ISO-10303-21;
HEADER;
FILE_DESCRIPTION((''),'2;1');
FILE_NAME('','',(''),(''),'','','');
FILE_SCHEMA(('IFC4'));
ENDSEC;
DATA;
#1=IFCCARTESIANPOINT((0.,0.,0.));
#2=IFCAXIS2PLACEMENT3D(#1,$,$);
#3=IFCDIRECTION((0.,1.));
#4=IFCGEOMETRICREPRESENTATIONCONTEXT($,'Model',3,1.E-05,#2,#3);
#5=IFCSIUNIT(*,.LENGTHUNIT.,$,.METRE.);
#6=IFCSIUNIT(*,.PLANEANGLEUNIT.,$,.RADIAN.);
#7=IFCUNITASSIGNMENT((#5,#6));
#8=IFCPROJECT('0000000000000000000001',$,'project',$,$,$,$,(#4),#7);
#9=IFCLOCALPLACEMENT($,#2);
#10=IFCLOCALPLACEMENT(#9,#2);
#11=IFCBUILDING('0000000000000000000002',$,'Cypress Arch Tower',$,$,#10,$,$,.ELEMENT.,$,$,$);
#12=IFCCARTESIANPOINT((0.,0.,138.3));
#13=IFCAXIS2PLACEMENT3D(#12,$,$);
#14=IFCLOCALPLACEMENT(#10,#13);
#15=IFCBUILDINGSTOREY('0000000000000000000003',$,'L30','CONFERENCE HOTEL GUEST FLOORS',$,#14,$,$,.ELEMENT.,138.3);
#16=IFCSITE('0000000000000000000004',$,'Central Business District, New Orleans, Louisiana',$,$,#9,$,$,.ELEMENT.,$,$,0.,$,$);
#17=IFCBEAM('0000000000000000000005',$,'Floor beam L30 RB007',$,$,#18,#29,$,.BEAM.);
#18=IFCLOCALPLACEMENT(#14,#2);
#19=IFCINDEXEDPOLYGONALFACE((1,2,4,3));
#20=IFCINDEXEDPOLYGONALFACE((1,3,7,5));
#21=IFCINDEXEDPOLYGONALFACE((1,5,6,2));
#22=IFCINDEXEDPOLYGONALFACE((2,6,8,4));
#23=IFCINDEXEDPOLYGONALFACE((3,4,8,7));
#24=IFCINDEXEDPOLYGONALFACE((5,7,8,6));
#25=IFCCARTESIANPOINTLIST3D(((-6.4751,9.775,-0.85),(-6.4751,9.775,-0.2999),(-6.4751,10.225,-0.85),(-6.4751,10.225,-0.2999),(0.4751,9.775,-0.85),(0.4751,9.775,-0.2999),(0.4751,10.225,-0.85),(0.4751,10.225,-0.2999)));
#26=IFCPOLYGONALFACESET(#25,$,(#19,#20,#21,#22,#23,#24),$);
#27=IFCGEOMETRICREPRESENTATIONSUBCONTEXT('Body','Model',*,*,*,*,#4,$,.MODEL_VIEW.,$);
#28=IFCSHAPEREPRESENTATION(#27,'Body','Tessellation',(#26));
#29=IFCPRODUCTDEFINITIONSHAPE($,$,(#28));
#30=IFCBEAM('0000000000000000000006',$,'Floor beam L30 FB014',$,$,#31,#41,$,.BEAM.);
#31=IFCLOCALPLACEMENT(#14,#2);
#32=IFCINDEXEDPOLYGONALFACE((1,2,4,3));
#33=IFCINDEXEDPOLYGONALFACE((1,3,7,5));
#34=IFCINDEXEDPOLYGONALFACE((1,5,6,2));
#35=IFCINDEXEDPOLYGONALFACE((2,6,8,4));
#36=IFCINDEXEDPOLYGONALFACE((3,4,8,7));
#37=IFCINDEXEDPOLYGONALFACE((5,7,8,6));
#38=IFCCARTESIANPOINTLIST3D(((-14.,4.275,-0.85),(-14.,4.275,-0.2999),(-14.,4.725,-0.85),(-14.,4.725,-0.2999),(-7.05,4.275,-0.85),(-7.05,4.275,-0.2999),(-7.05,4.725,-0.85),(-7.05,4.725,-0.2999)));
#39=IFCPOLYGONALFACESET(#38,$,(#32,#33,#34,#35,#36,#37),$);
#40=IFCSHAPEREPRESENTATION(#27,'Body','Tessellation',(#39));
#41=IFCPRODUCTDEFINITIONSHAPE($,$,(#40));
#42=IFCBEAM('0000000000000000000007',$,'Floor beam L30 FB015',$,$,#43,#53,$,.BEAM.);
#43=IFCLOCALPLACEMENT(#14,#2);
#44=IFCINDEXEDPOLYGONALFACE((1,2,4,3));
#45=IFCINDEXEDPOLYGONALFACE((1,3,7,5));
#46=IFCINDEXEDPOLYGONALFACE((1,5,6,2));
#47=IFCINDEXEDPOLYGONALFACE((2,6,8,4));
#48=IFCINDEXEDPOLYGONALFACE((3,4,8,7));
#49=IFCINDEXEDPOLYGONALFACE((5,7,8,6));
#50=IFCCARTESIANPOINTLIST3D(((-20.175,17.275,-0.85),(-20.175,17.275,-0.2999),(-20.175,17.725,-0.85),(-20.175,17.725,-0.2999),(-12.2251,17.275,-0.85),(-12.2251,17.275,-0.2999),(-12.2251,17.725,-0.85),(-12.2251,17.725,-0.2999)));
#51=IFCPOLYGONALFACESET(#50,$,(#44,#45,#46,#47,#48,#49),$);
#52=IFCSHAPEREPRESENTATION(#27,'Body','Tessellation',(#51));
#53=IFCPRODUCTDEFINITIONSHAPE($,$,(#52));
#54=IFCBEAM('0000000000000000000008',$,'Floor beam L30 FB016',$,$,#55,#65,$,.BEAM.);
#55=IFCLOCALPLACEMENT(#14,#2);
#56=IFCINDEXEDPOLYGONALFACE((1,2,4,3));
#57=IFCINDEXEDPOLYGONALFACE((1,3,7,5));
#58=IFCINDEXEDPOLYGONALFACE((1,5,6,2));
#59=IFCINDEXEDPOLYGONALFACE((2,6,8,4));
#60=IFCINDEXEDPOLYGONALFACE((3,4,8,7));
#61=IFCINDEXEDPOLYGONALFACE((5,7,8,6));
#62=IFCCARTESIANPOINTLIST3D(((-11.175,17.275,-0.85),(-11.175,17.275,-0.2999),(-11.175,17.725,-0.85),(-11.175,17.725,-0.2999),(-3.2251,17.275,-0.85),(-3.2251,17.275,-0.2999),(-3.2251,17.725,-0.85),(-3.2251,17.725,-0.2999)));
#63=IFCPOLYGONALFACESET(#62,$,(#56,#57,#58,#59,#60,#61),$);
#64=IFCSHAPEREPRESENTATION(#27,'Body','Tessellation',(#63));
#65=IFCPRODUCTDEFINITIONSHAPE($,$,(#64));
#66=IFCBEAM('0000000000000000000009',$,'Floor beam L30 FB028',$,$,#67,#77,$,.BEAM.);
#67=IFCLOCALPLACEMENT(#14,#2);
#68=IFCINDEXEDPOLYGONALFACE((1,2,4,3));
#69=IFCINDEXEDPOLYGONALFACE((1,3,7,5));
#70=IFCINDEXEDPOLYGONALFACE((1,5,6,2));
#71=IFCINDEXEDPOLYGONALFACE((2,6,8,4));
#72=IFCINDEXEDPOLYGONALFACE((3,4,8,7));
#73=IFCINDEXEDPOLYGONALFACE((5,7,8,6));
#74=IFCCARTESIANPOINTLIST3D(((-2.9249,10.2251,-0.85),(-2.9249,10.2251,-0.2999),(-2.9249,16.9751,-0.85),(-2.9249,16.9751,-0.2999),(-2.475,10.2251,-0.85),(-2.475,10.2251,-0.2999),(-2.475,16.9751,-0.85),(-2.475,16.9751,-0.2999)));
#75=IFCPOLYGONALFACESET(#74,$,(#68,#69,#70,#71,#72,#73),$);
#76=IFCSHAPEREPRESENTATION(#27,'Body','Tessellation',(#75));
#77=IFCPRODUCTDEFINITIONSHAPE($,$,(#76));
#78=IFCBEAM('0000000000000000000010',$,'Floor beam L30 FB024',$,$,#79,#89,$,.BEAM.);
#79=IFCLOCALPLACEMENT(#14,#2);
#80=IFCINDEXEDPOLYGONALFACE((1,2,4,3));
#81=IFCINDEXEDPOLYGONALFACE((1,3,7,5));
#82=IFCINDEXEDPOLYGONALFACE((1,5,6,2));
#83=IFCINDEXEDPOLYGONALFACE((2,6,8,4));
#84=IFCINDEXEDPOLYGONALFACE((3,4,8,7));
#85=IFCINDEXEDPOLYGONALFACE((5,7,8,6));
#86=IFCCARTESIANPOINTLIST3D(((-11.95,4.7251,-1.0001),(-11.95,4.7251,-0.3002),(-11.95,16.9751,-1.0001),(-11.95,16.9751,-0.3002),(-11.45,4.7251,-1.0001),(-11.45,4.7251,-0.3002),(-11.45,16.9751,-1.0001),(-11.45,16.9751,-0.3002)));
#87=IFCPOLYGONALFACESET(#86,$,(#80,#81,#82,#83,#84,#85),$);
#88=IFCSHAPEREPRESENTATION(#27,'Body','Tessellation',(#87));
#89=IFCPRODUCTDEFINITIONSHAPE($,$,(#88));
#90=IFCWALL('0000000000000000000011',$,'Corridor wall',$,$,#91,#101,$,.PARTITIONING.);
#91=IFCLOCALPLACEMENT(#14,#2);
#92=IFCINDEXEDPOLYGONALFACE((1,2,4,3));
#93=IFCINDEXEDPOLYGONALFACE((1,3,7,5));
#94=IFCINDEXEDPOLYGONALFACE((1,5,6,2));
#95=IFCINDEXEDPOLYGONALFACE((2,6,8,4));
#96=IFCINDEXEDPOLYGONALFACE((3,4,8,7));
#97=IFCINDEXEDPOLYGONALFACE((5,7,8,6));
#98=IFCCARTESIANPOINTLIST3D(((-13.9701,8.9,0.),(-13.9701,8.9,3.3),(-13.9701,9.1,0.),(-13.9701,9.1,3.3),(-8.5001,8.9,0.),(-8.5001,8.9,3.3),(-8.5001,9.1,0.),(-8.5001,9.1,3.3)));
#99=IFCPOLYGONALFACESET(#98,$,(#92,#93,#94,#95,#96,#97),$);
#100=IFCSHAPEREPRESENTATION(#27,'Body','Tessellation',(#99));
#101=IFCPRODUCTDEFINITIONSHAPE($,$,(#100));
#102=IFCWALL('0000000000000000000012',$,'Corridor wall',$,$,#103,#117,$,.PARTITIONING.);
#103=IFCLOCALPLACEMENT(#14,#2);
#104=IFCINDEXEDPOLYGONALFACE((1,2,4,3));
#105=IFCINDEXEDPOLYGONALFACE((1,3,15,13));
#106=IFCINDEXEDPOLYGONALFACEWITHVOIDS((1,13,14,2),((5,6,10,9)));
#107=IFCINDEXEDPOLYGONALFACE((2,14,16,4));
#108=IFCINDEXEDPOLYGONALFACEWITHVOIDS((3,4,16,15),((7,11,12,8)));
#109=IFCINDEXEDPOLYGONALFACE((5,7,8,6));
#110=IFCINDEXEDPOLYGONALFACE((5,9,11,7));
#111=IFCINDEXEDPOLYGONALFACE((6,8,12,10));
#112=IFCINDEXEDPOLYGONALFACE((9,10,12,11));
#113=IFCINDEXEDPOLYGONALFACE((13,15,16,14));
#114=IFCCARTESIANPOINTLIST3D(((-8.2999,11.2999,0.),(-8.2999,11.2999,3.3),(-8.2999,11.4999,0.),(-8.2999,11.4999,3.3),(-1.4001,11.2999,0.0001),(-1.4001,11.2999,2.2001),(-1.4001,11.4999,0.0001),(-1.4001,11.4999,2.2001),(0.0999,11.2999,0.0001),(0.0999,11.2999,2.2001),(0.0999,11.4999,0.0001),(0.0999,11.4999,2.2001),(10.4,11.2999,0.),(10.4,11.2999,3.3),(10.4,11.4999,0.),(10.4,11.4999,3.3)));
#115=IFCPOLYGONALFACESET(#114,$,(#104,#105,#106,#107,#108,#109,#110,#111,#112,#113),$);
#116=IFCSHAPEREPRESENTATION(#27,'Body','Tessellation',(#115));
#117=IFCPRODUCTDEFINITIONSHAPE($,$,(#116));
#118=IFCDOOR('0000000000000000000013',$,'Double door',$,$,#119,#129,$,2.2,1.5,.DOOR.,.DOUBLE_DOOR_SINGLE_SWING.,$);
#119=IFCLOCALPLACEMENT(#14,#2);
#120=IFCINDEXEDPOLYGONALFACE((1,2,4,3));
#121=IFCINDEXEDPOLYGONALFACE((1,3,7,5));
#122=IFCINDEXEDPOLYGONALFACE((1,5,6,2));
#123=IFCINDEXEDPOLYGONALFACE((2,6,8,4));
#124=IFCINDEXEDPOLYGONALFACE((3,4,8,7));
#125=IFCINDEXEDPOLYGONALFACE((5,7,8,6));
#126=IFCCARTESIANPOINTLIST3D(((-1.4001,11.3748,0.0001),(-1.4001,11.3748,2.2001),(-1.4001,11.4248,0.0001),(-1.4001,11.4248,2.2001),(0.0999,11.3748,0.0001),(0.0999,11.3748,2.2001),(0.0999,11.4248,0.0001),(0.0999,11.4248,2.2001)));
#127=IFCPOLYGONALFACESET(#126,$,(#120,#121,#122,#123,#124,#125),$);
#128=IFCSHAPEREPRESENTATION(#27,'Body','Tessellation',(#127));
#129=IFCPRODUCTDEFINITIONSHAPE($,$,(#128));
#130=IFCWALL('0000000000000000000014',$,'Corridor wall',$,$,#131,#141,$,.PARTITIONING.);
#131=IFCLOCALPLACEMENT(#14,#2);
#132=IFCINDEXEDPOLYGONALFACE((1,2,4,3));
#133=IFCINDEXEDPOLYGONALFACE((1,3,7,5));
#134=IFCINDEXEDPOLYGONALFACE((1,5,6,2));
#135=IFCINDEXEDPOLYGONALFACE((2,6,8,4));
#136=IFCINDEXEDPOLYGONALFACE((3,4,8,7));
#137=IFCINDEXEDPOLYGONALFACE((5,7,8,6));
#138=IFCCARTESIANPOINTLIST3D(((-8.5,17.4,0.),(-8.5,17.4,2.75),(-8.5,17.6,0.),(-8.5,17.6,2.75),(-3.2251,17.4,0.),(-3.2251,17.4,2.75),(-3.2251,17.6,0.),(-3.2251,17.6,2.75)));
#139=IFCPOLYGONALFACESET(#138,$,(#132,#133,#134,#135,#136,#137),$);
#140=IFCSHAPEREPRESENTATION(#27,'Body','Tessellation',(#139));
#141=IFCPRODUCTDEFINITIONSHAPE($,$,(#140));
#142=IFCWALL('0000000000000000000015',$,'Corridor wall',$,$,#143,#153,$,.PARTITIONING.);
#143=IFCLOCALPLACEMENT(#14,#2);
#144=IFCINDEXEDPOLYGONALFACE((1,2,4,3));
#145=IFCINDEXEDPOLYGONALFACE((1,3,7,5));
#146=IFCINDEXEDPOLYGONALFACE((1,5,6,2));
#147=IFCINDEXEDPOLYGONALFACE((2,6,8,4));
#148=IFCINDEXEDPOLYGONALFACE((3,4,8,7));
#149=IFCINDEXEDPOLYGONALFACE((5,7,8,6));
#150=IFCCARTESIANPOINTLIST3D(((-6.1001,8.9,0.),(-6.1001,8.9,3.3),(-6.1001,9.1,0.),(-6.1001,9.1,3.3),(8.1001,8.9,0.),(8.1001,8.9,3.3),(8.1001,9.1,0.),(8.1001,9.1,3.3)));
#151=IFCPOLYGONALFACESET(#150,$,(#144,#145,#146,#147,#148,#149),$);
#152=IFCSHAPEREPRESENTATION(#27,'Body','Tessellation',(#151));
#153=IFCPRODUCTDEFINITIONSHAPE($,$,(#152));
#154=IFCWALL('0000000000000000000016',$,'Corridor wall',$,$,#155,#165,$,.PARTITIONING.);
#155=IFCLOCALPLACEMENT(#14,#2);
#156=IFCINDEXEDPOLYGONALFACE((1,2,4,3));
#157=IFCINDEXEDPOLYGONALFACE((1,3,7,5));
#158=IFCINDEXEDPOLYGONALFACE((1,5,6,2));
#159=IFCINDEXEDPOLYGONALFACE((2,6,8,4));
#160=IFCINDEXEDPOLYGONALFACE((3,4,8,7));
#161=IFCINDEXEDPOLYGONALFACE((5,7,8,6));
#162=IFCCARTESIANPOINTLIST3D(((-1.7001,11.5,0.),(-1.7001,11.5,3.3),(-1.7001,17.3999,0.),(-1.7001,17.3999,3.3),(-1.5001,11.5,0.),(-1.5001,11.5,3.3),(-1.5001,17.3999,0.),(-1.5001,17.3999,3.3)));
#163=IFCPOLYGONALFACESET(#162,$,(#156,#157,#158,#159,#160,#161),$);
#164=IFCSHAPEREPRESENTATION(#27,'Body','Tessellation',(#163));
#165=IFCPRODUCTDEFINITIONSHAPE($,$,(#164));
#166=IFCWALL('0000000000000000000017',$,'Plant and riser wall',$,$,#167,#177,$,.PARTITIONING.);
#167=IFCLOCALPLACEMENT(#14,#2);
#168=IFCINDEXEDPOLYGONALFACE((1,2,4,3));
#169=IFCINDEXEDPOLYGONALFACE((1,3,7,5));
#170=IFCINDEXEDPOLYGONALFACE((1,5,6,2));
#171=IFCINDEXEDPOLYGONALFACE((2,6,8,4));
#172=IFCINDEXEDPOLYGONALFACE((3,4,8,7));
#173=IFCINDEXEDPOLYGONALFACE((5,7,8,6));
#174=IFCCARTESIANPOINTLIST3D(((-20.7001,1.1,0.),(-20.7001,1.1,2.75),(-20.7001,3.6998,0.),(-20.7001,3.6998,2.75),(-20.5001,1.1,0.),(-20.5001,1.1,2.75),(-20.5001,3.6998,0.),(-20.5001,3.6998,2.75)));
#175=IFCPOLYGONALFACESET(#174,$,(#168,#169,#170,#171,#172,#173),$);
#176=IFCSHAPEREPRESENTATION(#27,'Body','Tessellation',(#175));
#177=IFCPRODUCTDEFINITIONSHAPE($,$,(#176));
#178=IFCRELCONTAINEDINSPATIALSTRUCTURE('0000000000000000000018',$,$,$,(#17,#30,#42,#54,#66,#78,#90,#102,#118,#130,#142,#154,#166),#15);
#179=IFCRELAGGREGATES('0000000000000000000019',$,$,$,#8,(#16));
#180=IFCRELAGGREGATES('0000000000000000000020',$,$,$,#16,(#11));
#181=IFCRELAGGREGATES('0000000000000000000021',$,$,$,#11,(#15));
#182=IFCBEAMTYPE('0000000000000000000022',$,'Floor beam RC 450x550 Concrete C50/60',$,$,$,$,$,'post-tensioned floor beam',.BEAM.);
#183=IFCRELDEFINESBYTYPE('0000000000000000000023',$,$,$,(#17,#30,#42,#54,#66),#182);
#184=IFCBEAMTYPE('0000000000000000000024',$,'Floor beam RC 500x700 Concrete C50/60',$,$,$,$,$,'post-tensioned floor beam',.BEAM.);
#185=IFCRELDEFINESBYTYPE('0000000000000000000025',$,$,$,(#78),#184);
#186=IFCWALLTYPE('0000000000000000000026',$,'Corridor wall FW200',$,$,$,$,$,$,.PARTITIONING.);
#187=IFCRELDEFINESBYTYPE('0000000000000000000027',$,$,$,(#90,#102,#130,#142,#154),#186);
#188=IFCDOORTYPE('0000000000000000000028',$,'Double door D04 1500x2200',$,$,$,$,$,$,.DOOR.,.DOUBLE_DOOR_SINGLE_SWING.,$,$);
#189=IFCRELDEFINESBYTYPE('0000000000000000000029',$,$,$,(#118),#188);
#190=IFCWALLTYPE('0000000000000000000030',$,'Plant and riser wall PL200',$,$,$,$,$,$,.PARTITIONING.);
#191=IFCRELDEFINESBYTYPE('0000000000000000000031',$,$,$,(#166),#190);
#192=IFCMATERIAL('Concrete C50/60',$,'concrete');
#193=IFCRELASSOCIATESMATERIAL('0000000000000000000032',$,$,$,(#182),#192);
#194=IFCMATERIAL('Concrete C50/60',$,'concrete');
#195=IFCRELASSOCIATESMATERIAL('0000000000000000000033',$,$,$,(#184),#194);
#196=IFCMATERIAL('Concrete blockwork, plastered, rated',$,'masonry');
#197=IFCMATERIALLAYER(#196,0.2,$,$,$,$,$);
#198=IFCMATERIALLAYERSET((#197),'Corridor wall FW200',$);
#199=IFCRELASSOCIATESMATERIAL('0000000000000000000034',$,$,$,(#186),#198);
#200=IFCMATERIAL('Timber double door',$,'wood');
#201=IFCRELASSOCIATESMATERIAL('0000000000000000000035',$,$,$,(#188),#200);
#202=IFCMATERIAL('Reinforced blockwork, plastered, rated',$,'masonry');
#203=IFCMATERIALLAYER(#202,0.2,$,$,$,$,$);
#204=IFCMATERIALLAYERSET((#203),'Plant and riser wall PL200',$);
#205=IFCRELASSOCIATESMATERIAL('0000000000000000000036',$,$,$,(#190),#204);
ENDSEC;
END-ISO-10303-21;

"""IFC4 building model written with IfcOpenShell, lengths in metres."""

from ifc_helpers import new_model, si_unit, direction, frame, frame_2d, origin, origin_2d, place, context, subcontext, project, spatial, rectangle, extrude, material, layer, layer_set, material_profile, profile_set, type_object, element, fill, save


model = new_model("IFC4")

# Units and contexts
model_context = context("Model", 3, precision=1e-05, world=origin(), true_north=direction((0.0, 1.0)))
body_context = subcontext(model_context, "Body", "Model", "MODEL_VIEW")
ifc_project = project(units=[si_unit("LENGTHUNIT", "METRE"), si_unit("PLANEANGLEUNIT", "RADIAN")], contexts=[model_context])

# Site, building, storey
site_placement = place(None, origin())
site = spatial("IfcSite", under=ifc_project, at=site_placement, Name="Central Business District, New Orleans, Louisiana", CompositionType="ELEMENT", RefElevation=0.0)
building_placement = place(site_placement, origin())
building = spatial("IfcBuilding", under=site, at=building_placement, Name="Cypress Arch Tower", CompositionType="ELEMENT")
storey_placement = place(building_placement, frame((0.0, 0.0, 138.3)))
storey = spatial("IfcBuildingStorey", under=building, at=storey_placement, Name="L30", Description="CONFERENCE HOTEL GUEST FLOORS", CompositionType="ELEMENT", Elevation=138.3)

# Beams
ifc_material_1 = material(Name="Concrete C50/60", Category="concrete")
ifc_material_profile_1 = material_profile(ifc_material_1, rectangle(XDim=0.45, YDim=0.55, at=origin_2d()), Name="RC 450x550")
ifc_profile_set_1 = profile_set([ifc_material_profile_1], Name="Concrete C50/60")
beam_type_1 = type_object("IfcBeamType", Name="Floor beam RC 450x550 Concrete C50/60", ElementType="post-tensioned floor beam", PredefinedType="BEAM", material=ifc_profile_set_1)
beam_1_placement = place(storey_placement, frame((-6.4751, 10.0, -0.575), z_axis=(1.0, 0.0, 0.0), x_axis=(0.0, 1.0, 0.0)))
element("IfcBeam", 1, at=beam_1_placement, inside=storey, type_object=beam_type_1, Name="Floor beam L30 RB007", PredefinedType="BEAM", context=body_context, shape_type="SweptSolid", body=[
    extrude(rectangle(XDim=0.45, YDim=0.55, at=origin_2d()), origin(), (0.0, 0.0, 1.0), 6.9502),
])
beam_2_placement = place(storey_placement, frame((-14.0, 4.5, -0.575), z_axis=(1.0, 0.0, 0.0), x_axis=(0.0, 1.0, 0.0)))
element("IfcBeam", 2, at=beam_2_placement, inside=storey, type_object=beam_type_1, Name="Floor beam L30 FB014", PredefinedType="BEAM", context=body_context, shape_type="SweptSolid", body=[
    extrude(rectangle(XDim=0.45, YDim=0.55, at=origin_2d()), origin(), (0.0, 0.0, 1.0), 6.95),
])
for number, where, z_axis, x_axis, name in (
    (3, (-20.175, 17.5, -0.575), (1.0, 0.0, 0.0), (0.0, 1.0, 0.0), "Floor beam L30 FB015"),
    (4, (-11.175, 17.5, -0.575), (1.0, 0.0, 0.0), (0.0, 1.0, 0.0), "Floor beam L30 FB016"),
):
    element("IfcBeam", number, at=place(storey_placement, frame(where, z_axis=z_axis, x_axis=x_axis)), inside=storey, type_object=beam_type_1, Name=name, PredefinedType="BEAM", context=body_context, shape_type="SweptSolid", body=[
        extrude(rectangle(XDim=0.45, YDim=0.55, at=origin_2d()), origin(), (0.0, 0.0, 1.0), 7.95),
    ])
beam_3_placement = place(storey_placement, frame((-2.7, 10.2251, -0.575), z_axis=(0.0, 1.0, 0.0), x_axis=(-1.0, 0.0, 0.0)))
element("IfcBeam", 5, at=beam_3_placement, inside=storey, type_object=beam_type_1, Name="Floor beam L30 FB028", PredefinedType="BEAM", context=body_context, shape_type="SweptSolid", body=[
    extrude(rectangle(XDim=0.45, YDim=0.55, at=origin_2d()), origin(), (0.0, 0.0, 1.0), 6.75),
])
ifc_material_2 = material(Name="Concrete C50/60", Category="concrete")
ifc_material_profile_2 = material_profile(ifc_material_2, rectangle(XDim=0.5, YDim=0.7, at=origin_2d()), Name="RC 500x700")
ifc_profile_set_2 = profile_set([ifc_material_profile_2], Name="Concrete C50/60")
beam_type_2 = type_object("IfcBeamType", Name="Floor beam RC 500x700 Concrete C50/60", ElementType="post-tensioned floor beam", PredefinedType="BEAM", material=ifc_profile_set_2)
beam_4_placement = place(storey_placement, frame((-11.7, 4.7251, -0.6501), z_axis=(0.0, 1.0, 0.0), x_axis=(-1.0, 0.0, 0.0)))
element("IfcBeam", 6, at=beam_4_placement, inside=storey, type_object=beam_type_2, Name="Floor beam L30 FB024", PredefinedType="BEAM", context=body_context, shape_type="SweptSolid", body=[
    extrude(rectangle(XDim=0.5, YDim=0.7, at=origin_2d()), origin(), (0.0, 0.0, 1.0), 12.25),
])

# Wall
ifc_material_3 = material(Name="Concrete blockwork, plastered, rated", Category="masonry")
ifc_layer_1 = layer(ifc_material_3, 0.2)
ifc_layer_set_1 = layer_set([ifc_layer_1], Name="Corridor wall FW200")
wall_type_1 = type_object("IfcWallType", Name="Corridor wall FW200", PredefinedType="PARTITIONING", material=ifc_layer_set_1)
wall_1_placement = place(storey_placement, frame((-13.97, 9.0, 0.0), z_axis=(0.0, 0.0, 1.0), x_axis=(1.0, 0.0, 0.0)))
element("IfcWall", 7, at=wall_1_placement, inside=storey, type_object=wall_type_1, Name="Corridor wall", PredefinedType="PARTITIONING", context=body_context, shape_type="SweptSolid", body=[
    extrude(rectangle(XDim=5.47, YDim=0.2, at=frame_2d((2.7349, 0.0))), origin(), (0.0, 0.0, 1.0), 3.3),
])

# Wall, opening, door
wall_2_placement = place(storey_placement, frame((-8.3, 11.3999, 0.0), z_axis=(0.0, 0.0, 1.0), x_axis=(1.0, 0.0, 0.0)))
wall_2 = element("IfcWall", 8, at=wall_2_placement, inside=storey, type_object=wall_type_1, Name="Corridor wall", PredefinedType="PARTITIONING", context=body_context, shape_type="SweptSolid", body=[
    extrude(rectangle(XDim=18.7, YDim=0.2, at=frame_2d((9.3501, 0.0))), origin(), (0.0, 0.0, 1.0), 3.3),
])
opening_1_placement = place(wall_2_placement, frame((6.8999, 0.0, 0.0)))
opening_1 = element("IfcOpeningElement", 9, at=opening_1_placement, cuts=wall_2, PredefinedType="OPENING", context=body_context, shape_type="SweptSolid", body=[
    extrude(rectangle(XDim=1.5, YDim=2.2, at=frame_2d((0.75, 1.1001))), frame((0.0, 0.1099, 0.0), z_axis=(0.0, -1.0, 0.0), x_axis=(1.0, 0.0, 0.0)), (0.0, 0.0, 1.0), 0.22),
])
ifc_material_4 = material(Name="Timber double door", Category="wood")
door_type_1 = type_object("IfcDoorType", Name="Double door D04 1500x2200", OperationType="DOUBLE_DOOR_SINGLE_SWING", PredefinedType="DOOR", material=ifc_material_4)
door_1_placement = place(opening_1_placement, origin())
door_1 = element("IfcDoor", 10, at=door_1_placement, inside=storey, type_object=door_type_1, Name="Double door", OperationType="DOUBLE_DOOR_SINGLE_SWING", OverallHeight=2.2, OverallWidth=1.5, PredefinedType="DOOR", context=body_context, shape_type="SweptSolid", body=[
    extrude(rectangle(XDim=1.5, YDim=2.2, at=frame_2d((0.75, 1.1001))), frame((0.0, 0.0249, 0.0), z_axis=(0.0, -1.0, 0.0), x_axis=(1.0, 0.0, 0.0)), (0.0, 0.0, 1.0), 0.05),
])
fill(opening_1, door_1)

# Walls
wall_3_placement = place(storey_placement, frame((-8.5, 17.5, 0.0), z_axis=(0.0, 0.0, 1.0), x_axis=(1.0, 0.0, 0.0)))
element("IfcWall", 11, at=wall_3_placement, inside=storey, type_object=wall_type_1, Name="Corridor wall", PredefinedType="PARTITIONING", context=body_context, shape_type="SweptSolid", body=[
    extrude(rectangle(XDim=5.2749, YDim=0.2, at=frame_2d((2.6375, 0.0))), origin(), (0.0, 0.0, 1.0), 2.75),
])
wall_4_placement = place(storey_placement, frame((-6.1001, 9.0, 0.0), z_axis=(0.0, 0.0, 1.0), x_axis=(1.0, 0.0, 0.0)))
element("IfcWall", 12, at=wall_4_placement, inside=storey, type_object=wall_type_1, Name="Corridor wall", PredefinedType="PARTITIONING", context=body_context, shape_type="SweptSolid", body=[
    extrude(rectangle(XDim=14.2002, YDim=0.2, at=frame_2d((7.1001, 0.0))), origin(), (0.0, 0.0, 1.0), 3.3),
])
wall_5_placement = place(storey_placement, frame((-1.6001, 11.5, 0.0), z_axis=(0.0, 0.0, 1.0), x_axis=(0.0, 1.0, 0.0)))
element("IfcWall", 13, at=wall_5_placement, inside=storey, type_object=wall_type_1, Name="Corridor wall", PredefinedType="PARTITIONING", context=body_context, shape_type="SweptSolid", body=[
    extrude(rectangle(XDim=5.8999, YDim=0.2, at=frame_2d((2.95, 0.0))), origin(), (0.0, 0.0, 1.0), 3.3),
])
ifc_material_5 = material(Name="Reinforced blockwork, plastered, rated", Category="masonry")
ifc_layer_2 = layer(ifc_material_5, 0.2)
ifc_layer_set_2 = layer_set([ifc_layer_2], Name="Plant and riser wall PL200")
wall_type_2 = type_object("IfcWallType", Name="Plant and riser wall PL200", PredefinedType="PARTITIONING", material=ifc_layer_set_2)
wall_6_placement = place(storey_placement, frame((-20.6001, 1.1001, 0.0), z_axis=(0.0, 0.0, 1.0), x_axis=(0.0, 1.0, 0.0)))
element("IfcWall", 14, at=wall_6_placement, inside=storey, type_object=wall_type_2, Name="Plant and riser wall", PredefinedType="PARTITIONING", context=body_context, shape_type="SweptSolid", body=[
    extrude(rectangle(XDim=2.5999, YDim=0.2, at=frame_2d((1.2998, 0.0))), origin(), (0.0, 0.0, 1.0), 2.75),
])

save(model, "model.ifc")
